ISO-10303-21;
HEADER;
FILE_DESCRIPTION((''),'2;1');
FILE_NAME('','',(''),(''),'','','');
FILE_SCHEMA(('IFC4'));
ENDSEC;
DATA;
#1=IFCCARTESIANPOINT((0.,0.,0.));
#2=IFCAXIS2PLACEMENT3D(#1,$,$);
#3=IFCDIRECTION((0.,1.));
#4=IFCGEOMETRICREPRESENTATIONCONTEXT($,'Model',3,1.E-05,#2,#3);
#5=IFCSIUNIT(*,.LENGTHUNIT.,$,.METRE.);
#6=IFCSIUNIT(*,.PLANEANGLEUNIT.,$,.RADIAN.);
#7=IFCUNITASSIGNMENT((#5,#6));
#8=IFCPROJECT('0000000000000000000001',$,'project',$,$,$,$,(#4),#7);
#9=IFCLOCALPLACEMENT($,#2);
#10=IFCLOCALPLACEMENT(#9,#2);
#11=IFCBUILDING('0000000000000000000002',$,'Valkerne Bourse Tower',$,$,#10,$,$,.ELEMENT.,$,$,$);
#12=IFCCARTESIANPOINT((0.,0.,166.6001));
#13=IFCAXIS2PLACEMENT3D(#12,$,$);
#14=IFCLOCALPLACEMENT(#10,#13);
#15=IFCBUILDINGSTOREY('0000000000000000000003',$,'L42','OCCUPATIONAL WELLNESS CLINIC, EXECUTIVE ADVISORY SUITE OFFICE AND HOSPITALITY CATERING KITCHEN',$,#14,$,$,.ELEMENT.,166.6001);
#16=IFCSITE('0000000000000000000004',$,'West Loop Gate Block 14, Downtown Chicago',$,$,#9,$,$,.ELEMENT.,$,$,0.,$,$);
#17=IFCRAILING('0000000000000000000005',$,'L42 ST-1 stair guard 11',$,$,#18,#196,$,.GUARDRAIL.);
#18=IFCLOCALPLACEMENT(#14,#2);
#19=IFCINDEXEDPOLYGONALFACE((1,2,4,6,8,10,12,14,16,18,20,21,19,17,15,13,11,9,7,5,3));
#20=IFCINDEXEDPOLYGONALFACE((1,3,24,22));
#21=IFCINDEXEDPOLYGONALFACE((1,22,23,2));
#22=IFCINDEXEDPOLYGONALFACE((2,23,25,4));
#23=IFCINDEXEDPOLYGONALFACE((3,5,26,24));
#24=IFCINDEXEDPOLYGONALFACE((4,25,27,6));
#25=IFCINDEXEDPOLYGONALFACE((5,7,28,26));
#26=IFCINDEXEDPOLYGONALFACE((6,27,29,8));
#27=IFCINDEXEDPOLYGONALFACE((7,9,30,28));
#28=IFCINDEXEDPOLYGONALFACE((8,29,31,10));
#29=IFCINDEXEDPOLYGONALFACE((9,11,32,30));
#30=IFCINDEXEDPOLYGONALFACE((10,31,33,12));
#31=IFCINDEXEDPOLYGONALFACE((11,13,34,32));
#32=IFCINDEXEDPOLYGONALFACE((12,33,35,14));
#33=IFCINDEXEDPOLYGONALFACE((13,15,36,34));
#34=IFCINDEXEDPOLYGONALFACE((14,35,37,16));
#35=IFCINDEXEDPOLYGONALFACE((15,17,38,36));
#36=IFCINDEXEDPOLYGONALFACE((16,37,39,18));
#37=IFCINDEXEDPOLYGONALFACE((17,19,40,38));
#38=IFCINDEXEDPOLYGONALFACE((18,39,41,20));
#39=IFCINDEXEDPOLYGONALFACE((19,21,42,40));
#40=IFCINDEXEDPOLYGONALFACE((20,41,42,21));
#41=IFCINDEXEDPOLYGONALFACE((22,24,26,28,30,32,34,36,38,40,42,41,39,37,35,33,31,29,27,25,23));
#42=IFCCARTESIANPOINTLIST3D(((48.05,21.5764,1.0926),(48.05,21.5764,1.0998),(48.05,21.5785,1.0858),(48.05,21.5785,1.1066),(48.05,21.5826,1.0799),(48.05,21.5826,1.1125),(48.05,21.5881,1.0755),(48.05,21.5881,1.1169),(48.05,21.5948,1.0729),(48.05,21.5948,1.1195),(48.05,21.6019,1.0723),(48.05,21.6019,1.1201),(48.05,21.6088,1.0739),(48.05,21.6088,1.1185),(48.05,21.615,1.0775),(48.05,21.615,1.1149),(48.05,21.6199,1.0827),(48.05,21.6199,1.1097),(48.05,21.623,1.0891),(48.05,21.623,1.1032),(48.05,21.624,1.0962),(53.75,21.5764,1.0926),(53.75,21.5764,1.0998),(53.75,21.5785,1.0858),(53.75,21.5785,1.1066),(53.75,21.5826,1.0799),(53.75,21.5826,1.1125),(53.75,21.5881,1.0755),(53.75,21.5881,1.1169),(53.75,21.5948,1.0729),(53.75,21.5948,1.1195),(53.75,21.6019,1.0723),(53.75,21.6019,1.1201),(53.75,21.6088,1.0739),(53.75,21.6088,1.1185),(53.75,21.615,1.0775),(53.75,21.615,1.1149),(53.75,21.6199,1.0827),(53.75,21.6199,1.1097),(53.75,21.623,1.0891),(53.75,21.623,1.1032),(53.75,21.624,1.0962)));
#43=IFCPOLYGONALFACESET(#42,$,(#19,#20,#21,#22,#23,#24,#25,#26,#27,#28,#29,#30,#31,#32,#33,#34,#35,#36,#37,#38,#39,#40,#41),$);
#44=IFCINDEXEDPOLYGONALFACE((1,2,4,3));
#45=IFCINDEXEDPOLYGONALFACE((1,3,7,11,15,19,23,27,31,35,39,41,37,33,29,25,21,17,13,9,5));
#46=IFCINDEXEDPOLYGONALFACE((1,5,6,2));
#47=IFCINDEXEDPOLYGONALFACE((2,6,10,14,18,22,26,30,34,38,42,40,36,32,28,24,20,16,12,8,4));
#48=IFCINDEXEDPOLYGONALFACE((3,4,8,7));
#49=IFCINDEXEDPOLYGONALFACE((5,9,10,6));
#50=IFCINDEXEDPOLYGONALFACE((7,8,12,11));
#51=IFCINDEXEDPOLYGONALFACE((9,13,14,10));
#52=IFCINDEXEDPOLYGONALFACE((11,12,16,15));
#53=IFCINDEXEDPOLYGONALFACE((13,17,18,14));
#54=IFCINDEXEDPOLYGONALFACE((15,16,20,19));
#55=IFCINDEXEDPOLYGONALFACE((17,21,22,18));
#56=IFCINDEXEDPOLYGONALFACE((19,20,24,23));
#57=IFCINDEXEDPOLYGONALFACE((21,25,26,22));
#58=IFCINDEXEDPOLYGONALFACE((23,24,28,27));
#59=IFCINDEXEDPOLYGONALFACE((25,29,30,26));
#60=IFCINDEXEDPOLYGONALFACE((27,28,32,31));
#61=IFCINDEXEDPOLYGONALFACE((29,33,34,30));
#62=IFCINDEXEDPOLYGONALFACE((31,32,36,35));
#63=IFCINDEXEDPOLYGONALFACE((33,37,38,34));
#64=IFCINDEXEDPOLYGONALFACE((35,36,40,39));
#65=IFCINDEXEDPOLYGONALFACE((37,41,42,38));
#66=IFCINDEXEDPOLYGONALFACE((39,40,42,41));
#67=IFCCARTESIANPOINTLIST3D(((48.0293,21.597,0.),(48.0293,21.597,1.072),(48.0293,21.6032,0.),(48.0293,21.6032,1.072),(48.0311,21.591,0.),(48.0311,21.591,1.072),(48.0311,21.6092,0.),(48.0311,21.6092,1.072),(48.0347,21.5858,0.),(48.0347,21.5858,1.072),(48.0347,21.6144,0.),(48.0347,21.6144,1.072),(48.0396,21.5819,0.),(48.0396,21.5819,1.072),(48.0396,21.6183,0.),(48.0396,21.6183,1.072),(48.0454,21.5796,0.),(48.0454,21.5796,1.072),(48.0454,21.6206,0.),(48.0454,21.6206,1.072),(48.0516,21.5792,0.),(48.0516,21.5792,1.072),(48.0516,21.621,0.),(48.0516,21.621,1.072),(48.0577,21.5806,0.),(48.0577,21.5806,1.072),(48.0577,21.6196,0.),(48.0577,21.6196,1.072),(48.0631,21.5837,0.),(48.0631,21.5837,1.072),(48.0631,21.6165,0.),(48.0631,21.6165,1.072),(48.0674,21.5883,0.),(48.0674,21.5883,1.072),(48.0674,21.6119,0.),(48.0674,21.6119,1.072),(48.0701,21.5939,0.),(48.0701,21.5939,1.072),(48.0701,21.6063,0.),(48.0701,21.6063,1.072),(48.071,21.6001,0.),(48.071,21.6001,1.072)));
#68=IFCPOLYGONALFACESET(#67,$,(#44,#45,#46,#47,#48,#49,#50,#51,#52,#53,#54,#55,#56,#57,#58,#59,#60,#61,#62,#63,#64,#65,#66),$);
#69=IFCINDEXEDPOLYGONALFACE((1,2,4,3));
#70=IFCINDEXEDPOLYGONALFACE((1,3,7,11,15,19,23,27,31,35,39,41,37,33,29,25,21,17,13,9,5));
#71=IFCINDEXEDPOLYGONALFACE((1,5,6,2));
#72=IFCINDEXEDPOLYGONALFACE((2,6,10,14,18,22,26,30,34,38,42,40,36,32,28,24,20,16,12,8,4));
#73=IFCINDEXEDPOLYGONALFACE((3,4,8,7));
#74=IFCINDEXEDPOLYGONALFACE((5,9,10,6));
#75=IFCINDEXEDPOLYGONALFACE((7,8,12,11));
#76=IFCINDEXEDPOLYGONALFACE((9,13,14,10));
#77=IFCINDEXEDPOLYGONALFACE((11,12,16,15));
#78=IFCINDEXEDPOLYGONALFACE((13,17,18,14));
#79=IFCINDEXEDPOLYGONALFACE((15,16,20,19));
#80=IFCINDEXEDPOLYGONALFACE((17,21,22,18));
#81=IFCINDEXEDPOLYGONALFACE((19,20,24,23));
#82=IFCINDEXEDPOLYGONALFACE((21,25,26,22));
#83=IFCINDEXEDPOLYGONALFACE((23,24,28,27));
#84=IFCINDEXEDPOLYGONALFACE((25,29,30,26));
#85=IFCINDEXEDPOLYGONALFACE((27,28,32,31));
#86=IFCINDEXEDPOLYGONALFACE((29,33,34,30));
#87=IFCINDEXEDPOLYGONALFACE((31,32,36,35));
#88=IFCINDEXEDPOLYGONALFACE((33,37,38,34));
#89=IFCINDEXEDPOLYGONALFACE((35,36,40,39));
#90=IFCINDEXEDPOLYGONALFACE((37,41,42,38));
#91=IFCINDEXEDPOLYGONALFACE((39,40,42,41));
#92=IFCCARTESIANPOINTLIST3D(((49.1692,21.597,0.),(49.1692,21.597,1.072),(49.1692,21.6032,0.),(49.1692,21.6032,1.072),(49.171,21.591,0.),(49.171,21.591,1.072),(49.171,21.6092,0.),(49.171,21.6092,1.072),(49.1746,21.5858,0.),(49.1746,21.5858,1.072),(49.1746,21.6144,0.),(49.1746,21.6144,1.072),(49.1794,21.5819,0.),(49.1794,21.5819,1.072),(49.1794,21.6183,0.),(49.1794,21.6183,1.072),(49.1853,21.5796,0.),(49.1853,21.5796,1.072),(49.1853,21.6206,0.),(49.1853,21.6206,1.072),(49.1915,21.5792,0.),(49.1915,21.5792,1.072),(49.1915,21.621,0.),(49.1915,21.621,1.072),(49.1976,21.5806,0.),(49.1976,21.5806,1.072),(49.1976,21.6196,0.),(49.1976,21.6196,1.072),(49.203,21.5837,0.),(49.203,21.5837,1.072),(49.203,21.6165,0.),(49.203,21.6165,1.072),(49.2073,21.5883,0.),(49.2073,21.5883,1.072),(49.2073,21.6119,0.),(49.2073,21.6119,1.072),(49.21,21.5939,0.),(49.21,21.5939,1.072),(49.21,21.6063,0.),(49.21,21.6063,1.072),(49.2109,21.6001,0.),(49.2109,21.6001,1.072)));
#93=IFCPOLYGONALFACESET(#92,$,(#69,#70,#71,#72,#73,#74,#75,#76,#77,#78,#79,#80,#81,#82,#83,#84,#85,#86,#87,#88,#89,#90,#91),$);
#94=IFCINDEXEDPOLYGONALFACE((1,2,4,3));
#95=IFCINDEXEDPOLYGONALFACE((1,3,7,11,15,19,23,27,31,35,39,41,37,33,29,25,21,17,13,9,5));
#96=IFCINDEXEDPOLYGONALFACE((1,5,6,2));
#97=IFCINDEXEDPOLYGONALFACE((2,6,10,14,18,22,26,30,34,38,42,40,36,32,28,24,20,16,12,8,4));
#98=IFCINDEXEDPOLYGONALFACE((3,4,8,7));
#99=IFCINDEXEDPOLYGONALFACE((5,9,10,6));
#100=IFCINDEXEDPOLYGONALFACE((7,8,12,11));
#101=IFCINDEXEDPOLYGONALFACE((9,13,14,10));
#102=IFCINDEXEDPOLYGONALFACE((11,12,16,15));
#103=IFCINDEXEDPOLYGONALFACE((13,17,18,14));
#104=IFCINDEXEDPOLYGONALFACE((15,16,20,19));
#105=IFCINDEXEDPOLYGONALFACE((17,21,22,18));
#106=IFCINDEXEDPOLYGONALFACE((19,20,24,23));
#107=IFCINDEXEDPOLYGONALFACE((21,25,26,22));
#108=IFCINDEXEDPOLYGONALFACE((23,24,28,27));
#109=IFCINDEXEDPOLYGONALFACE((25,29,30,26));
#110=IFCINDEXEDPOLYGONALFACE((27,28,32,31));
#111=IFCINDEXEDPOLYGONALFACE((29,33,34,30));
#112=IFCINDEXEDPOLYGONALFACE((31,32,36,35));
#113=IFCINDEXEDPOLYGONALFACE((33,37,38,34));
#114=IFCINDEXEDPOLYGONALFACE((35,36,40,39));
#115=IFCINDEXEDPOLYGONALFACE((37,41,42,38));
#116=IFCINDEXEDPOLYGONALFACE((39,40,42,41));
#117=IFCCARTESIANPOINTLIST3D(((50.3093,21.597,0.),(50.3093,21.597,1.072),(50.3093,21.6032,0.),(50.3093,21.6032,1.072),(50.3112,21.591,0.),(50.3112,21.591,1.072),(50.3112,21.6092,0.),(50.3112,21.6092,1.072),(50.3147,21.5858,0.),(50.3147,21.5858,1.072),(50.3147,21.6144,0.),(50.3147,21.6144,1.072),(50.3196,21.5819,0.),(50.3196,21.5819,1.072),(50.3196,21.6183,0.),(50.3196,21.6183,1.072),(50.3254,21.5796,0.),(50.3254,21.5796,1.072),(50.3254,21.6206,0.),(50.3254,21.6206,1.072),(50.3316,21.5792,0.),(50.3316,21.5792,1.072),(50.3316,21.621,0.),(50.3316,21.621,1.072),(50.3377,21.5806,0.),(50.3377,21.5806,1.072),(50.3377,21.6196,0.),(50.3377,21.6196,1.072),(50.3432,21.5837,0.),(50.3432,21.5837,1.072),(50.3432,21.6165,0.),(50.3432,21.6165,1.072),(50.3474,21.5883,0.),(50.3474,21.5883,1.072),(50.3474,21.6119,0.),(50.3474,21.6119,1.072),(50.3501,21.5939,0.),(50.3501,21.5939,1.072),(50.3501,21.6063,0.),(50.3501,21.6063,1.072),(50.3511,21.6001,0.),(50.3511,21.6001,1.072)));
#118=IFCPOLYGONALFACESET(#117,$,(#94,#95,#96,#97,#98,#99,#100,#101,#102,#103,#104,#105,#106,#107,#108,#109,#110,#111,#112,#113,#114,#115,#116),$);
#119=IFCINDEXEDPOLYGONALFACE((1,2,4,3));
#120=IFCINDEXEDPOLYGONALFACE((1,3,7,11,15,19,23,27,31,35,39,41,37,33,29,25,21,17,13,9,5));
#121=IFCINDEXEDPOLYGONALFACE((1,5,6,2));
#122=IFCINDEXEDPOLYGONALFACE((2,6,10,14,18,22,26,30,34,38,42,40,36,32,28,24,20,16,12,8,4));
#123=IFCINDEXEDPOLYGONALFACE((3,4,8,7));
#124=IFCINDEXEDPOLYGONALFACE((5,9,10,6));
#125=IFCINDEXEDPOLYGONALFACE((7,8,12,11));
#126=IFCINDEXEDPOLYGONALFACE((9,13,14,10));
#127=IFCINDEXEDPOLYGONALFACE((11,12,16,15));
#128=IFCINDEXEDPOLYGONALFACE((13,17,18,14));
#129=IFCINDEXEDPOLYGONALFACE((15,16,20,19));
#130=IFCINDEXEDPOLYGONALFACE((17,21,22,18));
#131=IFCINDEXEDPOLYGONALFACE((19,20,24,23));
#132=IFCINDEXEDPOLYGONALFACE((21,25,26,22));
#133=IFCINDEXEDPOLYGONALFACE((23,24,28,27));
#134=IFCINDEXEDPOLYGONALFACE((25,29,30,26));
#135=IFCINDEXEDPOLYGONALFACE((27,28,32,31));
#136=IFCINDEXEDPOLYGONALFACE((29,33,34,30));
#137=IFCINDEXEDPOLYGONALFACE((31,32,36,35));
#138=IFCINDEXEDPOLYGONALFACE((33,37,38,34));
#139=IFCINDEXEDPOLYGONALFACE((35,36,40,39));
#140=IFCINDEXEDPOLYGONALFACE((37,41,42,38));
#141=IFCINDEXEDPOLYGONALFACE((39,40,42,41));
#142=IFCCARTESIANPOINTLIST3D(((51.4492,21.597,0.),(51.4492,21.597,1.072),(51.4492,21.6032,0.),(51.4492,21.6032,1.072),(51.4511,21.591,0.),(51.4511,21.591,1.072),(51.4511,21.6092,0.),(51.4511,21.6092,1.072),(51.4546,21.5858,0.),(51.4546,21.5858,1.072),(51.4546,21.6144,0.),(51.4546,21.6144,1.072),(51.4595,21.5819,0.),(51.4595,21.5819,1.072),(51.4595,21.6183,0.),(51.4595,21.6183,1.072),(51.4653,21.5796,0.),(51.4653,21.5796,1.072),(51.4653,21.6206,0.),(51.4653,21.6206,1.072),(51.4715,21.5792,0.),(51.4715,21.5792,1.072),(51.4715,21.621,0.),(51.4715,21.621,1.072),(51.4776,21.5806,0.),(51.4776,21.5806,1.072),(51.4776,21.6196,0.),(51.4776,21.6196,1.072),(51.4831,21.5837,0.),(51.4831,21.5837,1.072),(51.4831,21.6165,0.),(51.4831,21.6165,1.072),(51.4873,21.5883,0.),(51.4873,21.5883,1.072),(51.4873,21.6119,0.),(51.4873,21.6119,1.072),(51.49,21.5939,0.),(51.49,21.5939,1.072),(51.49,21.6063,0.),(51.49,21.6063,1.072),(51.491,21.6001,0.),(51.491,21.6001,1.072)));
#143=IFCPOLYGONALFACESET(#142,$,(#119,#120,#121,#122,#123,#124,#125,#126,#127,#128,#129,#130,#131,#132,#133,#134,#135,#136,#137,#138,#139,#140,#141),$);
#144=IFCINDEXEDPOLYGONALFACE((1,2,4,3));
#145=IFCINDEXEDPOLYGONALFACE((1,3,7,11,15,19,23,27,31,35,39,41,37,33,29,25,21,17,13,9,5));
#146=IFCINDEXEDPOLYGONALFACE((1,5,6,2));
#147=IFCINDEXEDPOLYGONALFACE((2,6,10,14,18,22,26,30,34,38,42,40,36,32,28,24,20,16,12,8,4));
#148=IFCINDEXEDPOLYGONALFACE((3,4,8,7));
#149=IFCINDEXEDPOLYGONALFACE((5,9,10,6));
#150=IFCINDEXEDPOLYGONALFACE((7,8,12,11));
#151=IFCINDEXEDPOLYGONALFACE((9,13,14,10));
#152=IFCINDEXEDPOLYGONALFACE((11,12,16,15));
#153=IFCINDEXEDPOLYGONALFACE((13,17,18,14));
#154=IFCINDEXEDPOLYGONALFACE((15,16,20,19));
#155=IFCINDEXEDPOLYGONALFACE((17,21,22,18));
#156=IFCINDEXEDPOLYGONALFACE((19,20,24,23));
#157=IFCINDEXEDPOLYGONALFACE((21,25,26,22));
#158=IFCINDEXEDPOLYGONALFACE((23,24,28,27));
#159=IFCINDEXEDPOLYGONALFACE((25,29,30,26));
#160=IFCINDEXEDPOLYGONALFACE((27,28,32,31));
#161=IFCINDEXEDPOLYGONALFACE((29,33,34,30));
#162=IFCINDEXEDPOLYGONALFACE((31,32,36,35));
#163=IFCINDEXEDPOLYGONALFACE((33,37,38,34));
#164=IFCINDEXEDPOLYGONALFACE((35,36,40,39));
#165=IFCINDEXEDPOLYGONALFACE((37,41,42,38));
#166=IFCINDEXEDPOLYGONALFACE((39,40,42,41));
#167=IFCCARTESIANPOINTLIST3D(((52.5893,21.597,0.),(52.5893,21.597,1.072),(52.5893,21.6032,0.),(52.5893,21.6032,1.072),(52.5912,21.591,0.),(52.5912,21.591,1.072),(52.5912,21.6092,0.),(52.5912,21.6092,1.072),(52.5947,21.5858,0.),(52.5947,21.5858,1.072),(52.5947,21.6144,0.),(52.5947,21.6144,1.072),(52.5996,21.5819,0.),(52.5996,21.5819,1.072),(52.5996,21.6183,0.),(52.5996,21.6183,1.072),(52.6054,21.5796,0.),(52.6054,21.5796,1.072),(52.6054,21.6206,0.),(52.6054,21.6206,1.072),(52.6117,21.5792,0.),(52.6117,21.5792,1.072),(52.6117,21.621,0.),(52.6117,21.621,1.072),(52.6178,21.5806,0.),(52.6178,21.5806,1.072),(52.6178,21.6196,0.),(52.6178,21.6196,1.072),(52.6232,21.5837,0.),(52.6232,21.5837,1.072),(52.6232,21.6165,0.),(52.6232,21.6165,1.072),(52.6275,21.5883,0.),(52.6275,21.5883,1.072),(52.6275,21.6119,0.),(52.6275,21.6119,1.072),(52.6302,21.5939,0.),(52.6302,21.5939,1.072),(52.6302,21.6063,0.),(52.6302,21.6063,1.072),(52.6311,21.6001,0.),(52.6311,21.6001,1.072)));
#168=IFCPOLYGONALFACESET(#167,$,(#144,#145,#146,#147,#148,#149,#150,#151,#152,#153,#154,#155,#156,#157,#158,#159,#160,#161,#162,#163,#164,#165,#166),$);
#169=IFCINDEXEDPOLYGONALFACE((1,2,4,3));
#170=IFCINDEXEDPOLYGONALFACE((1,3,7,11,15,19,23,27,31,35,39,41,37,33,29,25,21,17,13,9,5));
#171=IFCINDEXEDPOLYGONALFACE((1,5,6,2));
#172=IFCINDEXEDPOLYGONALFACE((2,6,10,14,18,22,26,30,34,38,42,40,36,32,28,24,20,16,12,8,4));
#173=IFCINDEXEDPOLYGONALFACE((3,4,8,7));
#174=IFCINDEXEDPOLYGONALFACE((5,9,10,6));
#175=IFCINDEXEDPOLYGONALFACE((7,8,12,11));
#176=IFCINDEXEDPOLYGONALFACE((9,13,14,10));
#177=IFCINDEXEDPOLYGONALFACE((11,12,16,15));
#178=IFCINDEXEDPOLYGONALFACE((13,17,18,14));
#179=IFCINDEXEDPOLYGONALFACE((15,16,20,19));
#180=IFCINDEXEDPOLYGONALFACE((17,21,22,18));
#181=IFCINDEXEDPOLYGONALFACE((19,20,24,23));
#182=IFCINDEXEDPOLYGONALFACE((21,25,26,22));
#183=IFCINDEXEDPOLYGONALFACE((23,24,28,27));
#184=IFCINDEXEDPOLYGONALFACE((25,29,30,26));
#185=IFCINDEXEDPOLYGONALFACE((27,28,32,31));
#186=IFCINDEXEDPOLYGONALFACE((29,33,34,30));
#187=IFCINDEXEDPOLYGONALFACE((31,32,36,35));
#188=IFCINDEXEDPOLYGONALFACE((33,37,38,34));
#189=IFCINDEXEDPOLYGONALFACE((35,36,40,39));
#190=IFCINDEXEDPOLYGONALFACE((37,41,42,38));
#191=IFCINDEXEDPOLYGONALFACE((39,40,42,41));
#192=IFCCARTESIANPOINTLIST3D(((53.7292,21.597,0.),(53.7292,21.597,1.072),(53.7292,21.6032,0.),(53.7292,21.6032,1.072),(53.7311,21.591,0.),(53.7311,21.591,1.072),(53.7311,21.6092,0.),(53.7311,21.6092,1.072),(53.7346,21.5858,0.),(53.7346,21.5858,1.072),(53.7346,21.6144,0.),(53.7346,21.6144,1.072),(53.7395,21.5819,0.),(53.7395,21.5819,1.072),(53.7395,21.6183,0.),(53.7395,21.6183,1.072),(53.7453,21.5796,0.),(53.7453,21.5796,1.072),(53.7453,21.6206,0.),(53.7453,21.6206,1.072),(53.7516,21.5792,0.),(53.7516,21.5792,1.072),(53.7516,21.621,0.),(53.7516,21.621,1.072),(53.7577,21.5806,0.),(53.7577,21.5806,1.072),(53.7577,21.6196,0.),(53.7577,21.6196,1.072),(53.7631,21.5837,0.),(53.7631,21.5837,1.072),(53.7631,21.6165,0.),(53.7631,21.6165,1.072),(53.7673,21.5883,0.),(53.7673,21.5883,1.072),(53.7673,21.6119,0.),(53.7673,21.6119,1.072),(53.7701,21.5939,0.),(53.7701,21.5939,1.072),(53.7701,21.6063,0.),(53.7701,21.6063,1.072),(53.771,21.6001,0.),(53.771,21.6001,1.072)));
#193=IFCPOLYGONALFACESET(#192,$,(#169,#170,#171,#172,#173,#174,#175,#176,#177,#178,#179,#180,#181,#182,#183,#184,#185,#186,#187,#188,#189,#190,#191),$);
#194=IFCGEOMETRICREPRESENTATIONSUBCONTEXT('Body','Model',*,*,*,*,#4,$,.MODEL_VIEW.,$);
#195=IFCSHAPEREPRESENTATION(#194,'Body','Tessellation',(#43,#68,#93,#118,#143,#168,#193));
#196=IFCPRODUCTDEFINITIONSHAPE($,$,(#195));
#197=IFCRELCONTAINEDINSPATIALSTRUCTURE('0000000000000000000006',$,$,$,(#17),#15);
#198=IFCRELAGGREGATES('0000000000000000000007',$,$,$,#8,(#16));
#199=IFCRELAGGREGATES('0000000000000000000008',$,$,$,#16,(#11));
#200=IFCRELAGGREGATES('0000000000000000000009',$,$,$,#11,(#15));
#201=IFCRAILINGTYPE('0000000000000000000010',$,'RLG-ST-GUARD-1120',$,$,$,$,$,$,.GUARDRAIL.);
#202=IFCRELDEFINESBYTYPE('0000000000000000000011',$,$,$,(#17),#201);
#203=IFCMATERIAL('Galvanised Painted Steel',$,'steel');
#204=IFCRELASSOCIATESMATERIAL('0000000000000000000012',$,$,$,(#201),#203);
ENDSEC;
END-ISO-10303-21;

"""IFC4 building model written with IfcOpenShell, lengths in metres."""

from ifc_helpers import new_model, si_unit, direction, frame, origin, origin_2d, place, context, subcontext, project, spatial, circle, extrude, material, type_object, element, save


model = new_model("IFC4")

# Units and contexts
model_context = context("Model", 3, precision=1e-05, world=origin(), true_north=direction((0.0, 1.0)))
body_context = subcontext(model_context, "Body", "Model", "MODEL_VIEW")
ifc_project = project(units=[si_unit("LENGTHUNIT", "METRE"), si_unit("PLANEANGLEUNIT", "RADIAN")], contexts=[model_context])

# Site, building, storey
site_placement = place(None, origin())
site = spatial("IfcSite", under=ifc_project, at=site_placement, Name="West Loop Gate Block 14, Downtown Chicago", CompositionType="ELEMENT", RefElevation=0.0)
building_placement = place(site_placement, origin())
building = spatial("IfcBuilding", under=site, at=building_placement, Name="Valkerne Bourse Tower", CompositionType="ELEMENT")
storey_placement = place(building_placement, frame((0.0, 0.0, 166.6001)))
storey = spatial("IfcBuildingStorey", under=building, at=storey_placement, Name="L42", Description="OCCUPATIONAL WELLNESS CLINIC, EXECUTIVE ADVISORY SUITE OFFICE AND HOSPITALITY CATERING KITCHEN", CompositionType="ELEMENT", Elevation=166.6001)

# Shared definitions
ifc_material_1 = material(Name="Galvanised Painted Steel", Category="steel")

# Railing
railing_type_1 = type_object("IfcRailingType", Name="RLG-ST-GUARD-1120", PredefinedType="GUARDRAIL", material=ifc_material_1)
for number, where, name in (
    (1, (48.05, 21.6001, 0.0), "L42 ST-1 stair guard 11"),
):
    element("IfcRailing", number, at=place(storey_placement, frame(where)), inside=storey, type_object=railing_type_1, Name=name, PredefinedType="GUARDRAIL", context=body_context, shape_type="SweptSolid", body=[
        extrude(circle(Radius=0.0239, at=origin_2d()), frame((0.0, 0.0, 1.0962), z_axis=(1.0, 0.0, 0.0), x_axis=(0.0, 1.0, 0.0)), (0.0, 0.0, 1.0), 5.7),
        extrude(circle(Radius=0.021, at=origin_2d()), origin(), (0.0, 0.0, 1.0), 1.072),
        extrude(circle(Radius=0.021, at=origin_2d()), frame((1.1399, 0.0, 0.0)), (0.0, 0.0, 1.0), 1.072),
        extrude(circle(Radius=0.021, at=origin_2d()), frame((2.28, 0.0, 0.0)), (0.0, 0.0, 1.0), 1.072),
        extrude(circle(Radius=0.021, at=origin_2d()), frame((3.4199, 0.0, 0.0)), (0.0, 0.0, 1.0), 1.072),
        extrude(circle(Radius=0.021, at=origin_2d()), frame((4.5601, 0.0, 0.0)), (0.0, 0.0, 1.0), 1.072),
        extrude(circle(Radius=0.021, at=origin_2d()), frame((5.7, 0.0, 0.0)), (0.0, 0.0, 1.0), 1.072),
    ])

save(model, "model.ifc")
